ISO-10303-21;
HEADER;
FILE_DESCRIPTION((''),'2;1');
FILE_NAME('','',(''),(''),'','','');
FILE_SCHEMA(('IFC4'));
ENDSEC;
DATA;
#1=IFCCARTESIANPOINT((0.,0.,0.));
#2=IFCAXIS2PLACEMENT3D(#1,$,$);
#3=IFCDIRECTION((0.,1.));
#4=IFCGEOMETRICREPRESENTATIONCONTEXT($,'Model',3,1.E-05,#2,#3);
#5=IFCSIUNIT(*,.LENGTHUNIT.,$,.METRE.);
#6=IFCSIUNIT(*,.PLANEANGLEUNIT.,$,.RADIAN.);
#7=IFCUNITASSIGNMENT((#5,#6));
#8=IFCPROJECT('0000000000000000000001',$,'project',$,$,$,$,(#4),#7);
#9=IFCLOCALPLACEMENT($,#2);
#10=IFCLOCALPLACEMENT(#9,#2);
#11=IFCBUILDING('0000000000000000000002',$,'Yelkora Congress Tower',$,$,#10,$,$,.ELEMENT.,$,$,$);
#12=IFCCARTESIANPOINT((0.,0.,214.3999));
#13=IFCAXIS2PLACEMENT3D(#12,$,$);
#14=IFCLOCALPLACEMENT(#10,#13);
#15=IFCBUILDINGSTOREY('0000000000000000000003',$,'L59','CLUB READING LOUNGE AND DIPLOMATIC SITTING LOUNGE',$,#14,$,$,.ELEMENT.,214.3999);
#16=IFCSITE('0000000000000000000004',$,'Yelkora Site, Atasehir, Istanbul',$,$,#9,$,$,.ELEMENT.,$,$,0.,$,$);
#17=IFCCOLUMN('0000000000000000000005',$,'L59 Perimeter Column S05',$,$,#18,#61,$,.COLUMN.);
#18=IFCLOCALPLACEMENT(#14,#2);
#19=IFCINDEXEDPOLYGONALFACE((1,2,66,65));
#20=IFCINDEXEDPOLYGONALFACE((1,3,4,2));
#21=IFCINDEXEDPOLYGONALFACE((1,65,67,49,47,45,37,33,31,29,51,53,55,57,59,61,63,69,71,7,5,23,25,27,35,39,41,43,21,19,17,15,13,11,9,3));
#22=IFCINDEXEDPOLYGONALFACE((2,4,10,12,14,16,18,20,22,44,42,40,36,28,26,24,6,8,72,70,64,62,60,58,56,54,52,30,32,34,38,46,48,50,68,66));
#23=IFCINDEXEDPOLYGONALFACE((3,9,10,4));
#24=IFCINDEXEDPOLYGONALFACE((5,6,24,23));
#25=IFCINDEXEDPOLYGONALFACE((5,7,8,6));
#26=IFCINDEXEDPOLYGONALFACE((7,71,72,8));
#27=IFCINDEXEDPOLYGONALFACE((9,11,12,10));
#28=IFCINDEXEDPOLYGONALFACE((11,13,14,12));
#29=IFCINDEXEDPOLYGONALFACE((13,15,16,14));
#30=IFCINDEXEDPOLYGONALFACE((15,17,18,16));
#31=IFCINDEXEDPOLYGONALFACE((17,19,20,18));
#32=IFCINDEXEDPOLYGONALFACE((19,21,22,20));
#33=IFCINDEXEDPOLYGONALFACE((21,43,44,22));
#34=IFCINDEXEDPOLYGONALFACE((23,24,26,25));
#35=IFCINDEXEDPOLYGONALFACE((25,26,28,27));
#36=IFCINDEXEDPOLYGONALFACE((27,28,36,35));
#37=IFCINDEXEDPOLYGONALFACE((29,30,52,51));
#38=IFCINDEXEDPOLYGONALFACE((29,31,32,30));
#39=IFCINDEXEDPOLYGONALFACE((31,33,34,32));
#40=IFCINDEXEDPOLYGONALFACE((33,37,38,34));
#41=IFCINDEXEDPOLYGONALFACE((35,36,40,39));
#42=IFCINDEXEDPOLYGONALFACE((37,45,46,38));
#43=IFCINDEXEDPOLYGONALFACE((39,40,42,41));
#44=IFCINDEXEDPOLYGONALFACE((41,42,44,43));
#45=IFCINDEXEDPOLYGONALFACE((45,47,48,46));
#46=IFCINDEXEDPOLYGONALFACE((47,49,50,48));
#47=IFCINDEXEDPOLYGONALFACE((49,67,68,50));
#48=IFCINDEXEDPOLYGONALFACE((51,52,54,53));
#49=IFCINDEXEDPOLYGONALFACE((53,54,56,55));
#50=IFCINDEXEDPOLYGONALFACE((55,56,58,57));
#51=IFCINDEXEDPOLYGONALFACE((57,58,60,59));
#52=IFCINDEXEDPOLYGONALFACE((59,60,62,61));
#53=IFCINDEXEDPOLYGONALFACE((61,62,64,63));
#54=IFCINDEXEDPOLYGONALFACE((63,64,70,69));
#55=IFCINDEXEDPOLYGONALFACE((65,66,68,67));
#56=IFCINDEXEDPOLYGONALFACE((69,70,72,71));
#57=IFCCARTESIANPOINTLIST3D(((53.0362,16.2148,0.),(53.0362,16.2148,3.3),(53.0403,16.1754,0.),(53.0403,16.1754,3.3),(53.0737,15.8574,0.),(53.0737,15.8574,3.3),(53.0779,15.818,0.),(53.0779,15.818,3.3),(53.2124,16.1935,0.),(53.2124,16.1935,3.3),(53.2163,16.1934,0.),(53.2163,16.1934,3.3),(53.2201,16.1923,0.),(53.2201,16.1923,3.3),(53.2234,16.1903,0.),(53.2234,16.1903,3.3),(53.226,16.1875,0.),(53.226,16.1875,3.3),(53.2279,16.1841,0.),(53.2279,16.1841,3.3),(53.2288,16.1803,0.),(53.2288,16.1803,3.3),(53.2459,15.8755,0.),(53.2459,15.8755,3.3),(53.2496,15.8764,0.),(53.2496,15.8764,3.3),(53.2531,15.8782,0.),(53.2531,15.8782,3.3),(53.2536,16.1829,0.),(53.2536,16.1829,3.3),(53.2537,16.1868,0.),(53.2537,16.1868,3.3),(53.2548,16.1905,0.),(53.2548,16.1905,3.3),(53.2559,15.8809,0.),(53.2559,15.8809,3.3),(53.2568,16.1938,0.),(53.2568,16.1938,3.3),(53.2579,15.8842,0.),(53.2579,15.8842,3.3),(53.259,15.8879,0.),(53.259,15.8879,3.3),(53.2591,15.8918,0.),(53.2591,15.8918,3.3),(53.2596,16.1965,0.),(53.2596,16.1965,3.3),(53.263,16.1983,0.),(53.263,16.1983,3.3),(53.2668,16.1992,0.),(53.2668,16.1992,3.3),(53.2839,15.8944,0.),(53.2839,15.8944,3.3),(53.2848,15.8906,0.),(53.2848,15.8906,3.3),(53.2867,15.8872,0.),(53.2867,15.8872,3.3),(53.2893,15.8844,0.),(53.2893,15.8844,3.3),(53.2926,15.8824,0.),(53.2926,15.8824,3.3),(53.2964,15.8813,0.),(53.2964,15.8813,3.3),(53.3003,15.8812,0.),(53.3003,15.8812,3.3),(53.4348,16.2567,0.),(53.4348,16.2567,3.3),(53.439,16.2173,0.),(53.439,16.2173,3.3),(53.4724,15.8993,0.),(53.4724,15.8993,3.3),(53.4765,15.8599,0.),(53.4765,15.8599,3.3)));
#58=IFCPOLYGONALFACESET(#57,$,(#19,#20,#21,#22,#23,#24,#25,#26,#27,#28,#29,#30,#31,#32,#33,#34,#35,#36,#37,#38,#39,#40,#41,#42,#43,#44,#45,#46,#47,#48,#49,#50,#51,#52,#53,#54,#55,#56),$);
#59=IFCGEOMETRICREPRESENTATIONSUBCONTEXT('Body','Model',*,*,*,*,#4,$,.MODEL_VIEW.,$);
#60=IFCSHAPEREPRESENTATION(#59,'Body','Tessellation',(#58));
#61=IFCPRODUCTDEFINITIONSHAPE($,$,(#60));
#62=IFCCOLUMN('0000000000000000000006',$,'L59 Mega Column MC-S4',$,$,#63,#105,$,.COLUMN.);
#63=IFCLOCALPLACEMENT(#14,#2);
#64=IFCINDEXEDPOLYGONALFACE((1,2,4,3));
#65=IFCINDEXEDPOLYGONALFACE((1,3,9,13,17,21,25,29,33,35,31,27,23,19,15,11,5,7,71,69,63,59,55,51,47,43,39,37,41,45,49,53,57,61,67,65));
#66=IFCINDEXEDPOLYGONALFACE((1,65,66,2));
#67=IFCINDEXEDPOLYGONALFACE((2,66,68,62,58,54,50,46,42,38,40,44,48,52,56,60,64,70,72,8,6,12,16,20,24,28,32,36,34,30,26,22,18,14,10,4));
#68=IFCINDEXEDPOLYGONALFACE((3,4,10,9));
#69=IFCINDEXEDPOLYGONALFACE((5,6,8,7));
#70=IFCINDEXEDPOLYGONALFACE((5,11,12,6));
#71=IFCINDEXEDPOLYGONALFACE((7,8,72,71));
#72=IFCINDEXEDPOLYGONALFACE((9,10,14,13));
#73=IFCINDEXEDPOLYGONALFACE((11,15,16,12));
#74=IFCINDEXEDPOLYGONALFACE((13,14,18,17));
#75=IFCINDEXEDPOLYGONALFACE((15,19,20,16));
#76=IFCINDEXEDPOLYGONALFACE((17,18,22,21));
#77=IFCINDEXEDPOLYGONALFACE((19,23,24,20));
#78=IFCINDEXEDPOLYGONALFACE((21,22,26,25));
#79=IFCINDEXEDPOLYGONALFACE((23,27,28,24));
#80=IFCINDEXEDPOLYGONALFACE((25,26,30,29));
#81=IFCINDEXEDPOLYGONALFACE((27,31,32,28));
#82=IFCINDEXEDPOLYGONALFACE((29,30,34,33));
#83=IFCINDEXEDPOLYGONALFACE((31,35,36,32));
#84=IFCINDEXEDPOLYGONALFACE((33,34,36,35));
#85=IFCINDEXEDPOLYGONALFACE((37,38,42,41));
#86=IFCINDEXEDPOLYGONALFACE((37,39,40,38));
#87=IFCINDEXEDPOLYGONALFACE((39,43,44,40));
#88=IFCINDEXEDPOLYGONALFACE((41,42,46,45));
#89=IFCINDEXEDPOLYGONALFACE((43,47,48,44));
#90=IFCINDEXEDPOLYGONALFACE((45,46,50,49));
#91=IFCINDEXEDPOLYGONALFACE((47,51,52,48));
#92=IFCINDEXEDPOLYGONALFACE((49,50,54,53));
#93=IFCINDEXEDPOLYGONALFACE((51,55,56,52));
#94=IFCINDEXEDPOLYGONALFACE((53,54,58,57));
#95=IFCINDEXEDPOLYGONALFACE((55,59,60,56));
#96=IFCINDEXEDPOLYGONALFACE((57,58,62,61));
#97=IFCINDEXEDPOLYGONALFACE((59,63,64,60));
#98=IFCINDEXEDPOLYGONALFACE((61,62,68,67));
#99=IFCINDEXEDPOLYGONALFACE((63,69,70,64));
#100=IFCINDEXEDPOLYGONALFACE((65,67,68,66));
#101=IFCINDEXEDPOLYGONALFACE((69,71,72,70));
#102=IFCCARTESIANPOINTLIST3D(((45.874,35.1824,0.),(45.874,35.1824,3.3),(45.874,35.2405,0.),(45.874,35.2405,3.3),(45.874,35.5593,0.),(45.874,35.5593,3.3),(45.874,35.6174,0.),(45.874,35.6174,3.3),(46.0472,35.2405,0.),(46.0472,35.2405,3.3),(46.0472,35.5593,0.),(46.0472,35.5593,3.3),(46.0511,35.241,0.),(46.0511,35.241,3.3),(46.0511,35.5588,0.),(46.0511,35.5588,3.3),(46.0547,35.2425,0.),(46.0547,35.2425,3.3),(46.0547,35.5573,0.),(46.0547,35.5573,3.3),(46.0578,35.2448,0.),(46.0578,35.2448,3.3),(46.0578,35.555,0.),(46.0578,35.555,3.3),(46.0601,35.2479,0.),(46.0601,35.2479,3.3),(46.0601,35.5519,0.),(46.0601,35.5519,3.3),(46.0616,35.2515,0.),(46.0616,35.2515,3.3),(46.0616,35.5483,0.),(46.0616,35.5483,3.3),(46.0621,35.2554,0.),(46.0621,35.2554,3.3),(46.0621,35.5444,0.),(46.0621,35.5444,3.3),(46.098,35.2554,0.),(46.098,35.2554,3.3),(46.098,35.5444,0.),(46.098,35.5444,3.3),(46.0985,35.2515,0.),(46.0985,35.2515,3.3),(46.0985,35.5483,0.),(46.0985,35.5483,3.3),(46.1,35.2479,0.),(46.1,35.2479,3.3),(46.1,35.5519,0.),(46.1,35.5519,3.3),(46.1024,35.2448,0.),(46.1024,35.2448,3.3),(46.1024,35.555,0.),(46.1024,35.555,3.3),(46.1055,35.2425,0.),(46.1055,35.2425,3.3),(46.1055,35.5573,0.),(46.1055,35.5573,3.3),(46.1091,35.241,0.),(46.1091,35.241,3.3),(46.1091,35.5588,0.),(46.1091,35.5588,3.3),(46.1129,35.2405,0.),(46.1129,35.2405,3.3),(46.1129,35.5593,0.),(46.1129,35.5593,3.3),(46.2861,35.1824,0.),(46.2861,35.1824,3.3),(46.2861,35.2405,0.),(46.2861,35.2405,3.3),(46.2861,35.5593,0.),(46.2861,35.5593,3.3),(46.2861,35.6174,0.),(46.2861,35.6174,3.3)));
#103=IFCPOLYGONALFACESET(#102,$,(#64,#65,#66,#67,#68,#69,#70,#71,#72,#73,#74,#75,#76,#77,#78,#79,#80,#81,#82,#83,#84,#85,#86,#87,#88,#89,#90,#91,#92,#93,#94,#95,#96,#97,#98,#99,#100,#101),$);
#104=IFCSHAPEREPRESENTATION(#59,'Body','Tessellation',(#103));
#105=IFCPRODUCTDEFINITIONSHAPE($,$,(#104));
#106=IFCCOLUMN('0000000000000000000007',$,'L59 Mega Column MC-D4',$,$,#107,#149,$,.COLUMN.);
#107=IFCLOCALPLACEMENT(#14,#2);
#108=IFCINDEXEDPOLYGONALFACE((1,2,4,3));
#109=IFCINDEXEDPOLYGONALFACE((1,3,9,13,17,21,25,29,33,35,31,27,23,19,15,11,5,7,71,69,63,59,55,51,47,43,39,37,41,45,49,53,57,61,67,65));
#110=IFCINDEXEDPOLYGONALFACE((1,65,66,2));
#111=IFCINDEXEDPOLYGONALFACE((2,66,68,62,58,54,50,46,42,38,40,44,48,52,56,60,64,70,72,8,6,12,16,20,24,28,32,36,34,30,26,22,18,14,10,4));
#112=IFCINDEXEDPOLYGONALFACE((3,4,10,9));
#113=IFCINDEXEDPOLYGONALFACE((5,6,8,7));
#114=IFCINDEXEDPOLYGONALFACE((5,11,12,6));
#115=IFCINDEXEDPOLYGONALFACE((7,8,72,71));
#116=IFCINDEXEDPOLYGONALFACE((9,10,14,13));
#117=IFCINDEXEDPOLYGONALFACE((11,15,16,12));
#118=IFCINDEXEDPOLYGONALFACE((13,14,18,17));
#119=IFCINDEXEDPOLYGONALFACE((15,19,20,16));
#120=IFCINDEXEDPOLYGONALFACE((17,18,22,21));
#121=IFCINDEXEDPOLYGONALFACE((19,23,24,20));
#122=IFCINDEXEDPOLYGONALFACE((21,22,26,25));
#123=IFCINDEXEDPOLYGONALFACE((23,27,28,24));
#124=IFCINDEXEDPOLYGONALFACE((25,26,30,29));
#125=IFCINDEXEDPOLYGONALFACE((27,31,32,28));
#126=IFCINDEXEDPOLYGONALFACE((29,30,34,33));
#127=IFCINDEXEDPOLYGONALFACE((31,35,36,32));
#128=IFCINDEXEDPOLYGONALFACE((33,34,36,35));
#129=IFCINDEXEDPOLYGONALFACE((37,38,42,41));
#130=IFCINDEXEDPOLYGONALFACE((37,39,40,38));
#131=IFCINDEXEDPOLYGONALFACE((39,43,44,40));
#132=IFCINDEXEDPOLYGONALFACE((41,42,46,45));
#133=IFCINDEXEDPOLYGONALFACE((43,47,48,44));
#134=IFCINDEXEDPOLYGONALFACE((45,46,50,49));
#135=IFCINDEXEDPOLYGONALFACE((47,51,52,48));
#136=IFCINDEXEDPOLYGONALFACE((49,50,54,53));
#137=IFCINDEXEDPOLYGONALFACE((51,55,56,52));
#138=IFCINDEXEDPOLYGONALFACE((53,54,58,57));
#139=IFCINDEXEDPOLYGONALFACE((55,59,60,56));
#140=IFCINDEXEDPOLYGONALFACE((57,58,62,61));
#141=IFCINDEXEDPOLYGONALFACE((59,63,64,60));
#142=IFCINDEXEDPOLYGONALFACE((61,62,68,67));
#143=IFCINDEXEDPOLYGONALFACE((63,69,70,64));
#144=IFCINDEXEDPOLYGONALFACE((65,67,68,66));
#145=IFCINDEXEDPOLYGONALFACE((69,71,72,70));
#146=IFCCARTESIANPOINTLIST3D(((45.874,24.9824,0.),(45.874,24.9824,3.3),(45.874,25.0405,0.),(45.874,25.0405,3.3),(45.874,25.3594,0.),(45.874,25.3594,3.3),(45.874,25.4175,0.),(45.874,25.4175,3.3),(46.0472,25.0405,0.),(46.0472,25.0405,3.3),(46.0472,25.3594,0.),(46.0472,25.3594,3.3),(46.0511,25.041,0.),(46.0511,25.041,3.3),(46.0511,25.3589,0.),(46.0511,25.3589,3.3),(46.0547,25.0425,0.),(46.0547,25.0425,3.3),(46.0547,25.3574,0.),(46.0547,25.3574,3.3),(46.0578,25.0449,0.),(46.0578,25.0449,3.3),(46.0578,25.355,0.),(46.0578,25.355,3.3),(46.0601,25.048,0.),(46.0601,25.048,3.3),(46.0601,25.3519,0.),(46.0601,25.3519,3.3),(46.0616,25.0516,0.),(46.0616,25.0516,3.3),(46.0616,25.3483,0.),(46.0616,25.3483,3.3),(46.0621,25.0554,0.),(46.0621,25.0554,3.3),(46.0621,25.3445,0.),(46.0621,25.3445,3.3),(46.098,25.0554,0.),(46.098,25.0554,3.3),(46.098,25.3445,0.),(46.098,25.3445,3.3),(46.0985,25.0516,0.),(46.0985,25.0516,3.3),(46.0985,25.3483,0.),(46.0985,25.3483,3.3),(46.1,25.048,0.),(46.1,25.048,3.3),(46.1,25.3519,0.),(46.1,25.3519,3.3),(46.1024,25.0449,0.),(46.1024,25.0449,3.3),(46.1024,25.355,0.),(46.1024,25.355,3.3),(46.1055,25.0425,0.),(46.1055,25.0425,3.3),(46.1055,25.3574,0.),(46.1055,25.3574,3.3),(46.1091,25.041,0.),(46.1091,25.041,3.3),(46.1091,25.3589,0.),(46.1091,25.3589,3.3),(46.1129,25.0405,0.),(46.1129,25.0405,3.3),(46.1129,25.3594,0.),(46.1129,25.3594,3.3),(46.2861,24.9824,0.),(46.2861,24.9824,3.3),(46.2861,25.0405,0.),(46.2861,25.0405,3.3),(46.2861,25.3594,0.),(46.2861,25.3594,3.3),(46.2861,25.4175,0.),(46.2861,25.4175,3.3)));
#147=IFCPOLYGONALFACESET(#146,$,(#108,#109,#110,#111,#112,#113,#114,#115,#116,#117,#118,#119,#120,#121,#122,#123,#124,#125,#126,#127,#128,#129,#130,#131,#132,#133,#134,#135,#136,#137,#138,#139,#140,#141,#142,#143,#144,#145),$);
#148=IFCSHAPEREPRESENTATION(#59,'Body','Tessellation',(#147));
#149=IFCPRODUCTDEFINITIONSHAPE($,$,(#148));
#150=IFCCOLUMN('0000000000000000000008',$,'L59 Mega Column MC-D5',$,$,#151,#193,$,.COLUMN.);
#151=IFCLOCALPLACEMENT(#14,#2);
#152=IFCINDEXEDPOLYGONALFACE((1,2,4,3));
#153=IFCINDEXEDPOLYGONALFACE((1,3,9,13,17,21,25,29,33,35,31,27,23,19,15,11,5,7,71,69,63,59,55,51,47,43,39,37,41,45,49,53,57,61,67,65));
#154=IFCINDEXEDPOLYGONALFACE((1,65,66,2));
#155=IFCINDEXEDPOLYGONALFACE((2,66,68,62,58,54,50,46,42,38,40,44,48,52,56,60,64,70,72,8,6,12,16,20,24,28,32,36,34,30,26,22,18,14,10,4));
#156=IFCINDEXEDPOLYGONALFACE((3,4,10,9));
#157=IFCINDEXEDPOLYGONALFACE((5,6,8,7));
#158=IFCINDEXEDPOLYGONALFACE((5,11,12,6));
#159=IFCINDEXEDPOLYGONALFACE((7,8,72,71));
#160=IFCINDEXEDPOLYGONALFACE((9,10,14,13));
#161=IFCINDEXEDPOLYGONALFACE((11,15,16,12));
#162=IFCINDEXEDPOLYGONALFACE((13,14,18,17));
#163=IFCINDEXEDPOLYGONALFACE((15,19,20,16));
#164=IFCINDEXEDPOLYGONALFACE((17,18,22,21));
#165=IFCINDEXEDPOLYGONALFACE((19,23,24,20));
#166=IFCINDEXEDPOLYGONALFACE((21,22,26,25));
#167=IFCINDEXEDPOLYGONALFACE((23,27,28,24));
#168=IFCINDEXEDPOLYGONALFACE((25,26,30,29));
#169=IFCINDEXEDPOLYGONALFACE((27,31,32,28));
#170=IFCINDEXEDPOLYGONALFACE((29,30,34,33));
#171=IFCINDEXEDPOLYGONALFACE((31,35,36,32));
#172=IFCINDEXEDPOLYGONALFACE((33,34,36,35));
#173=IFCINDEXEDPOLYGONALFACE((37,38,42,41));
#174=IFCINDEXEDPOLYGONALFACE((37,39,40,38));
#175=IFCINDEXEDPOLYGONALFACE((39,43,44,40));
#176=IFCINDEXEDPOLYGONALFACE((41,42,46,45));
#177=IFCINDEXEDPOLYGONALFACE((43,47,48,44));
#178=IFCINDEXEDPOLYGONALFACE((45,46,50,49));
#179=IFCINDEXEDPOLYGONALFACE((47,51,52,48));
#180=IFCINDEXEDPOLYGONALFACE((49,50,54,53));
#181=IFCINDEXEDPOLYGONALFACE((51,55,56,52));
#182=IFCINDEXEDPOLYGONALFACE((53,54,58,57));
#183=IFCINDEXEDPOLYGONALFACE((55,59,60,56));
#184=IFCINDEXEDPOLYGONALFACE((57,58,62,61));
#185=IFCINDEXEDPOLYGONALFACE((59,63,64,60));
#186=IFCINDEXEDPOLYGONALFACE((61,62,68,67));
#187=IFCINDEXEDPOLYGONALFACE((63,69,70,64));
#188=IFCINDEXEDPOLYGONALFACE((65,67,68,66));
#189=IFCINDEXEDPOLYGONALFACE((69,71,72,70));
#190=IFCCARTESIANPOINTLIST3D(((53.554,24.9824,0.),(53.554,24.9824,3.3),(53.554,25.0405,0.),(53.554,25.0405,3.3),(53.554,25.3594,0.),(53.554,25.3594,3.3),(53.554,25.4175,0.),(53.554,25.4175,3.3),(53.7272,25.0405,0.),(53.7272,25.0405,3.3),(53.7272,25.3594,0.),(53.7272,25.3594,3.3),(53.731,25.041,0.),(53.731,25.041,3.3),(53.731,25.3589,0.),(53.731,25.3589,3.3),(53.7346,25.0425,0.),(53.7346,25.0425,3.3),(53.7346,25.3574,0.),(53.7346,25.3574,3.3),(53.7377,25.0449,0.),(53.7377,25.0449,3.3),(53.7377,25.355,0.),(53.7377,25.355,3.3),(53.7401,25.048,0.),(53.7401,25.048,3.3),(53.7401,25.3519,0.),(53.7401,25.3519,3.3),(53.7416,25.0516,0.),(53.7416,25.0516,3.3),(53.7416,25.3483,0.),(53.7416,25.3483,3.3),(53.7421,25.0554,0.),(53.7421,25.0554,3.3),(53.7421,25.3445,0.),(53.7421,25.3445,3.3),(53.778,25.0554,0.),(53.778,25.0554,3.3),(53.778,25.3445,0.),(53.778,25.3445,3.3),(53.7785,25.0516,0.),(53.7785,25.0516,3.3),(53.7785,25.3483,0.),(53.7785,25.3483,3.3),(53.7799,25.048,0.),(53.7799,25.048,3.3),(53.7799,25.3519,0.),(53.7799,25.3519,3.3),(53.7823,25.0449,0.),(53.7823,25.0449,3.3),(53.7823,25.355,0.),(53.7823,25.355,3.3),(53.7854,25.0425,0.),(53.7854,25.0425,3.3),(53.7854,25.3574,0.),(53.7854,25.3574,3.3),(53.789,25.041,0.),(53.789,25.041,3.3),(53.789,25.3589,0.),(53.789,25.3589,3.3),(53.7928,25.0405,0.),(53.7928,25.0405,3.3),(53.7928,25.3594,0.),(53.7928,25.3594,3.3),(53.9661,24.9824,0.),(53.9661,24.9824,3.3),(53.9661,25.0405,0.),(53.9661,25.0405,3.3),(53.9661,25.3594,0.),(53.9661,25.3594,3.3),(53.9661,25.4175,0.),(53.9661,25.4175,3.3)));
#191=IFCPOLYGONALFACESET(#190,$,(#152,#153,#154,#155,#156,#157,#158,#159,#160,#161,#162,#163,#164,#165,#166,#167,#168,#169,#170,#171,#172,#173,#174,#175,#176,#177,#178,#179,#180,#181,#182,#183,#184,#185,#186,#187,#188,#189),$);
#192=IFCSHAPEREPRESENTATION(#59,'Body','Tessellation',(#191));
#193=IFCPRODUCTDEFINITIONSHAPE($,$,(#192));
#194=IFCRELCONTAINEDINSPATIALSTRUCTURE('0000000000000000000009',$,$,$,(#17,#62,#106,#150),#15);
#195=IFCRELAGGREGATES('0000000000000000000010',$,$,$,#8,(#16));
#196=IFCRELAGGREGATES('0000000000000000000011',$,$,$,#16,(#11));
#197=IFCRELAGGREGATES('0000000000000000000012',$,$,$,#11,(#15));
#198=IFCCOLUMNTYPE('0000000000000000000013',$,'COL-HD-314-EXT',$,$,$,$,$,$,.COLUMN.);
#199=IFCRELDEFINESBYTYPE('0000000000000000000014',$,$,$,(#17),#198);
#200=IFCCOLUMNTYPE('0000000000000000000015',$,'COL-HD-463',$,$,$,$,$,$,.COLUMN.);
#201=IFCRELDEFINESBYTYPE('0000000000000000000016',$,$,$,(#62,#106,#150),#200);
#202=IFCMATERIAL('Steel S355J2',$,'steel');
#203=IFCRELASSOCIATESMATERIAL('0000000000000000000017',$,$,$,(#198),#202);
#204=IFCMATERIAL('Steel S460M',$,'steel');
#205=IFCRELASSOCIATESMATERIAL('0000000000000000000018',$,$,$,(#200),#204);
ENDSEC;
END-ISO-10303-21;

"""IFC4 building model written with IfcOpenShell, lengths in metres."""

from ifc_helpers import new_model, si_unit, direction, frame, origin, origin_2d, place, context, subcontext, project, spatial, i_section, extrude, material, material_profile, profile_set, type_object, element, save


model = new_model("IFC4")

# Units and contexts
model_context = context("Model", 3, precision=1e-05, world=origin(), true_north=direction((0.0, 1.0)))
body_context = subcontext(model_context, "Body", "Model", "MODEL_VIEW")
ifc_project = project(units=[si_unit("LENGTHUNIT", "METRE"), si_unit("PLANEANGLEUNIT", "RADIAN")], contexts=[model_context])

# Site, building, storey
site_placement = place(None, origin())
site = spatial("IfcSite", under=ifc_project, at=site_placement, Name="Yelkora Site, Atasehir, Istanbul", CompositionType="ELEMENT", RefElevation=0.0)
building_placement = place(site_placement, origin())
building = spatial("IfcBuilding", under=site, at=building_placement, Name="Yelkora Congress Tower", CompositionType="ELEMENT")
storey_placement = place(building_placement, frame((0.0, 0.0, 214.3999)))
storey = spatial("IfcBuildingStorey", under=building, at=storey_placement, Name="L59", Description="CLUB READING LOUNGE AND DIPLOMATIC SITTING LOUNGE", CompositionType="ELEMENT", Elevation=214.3999)

# Columns
ifc_material_1 = material(Name="Steel S355J2", Category="steel")
ifc_material_profile_1 = material_profile(ifc_material_1, i_section(OverallWidth=0.4009, OverallDepth=0.3989, WebThickness=0.0249, FlangeThickness=0.0396, FilletRadius=0.0149, at=origin_2d()), Name="HD 400x314")
ifc_profile_set_1 = profile_set([ifc_material_profile_1], Name="Steel S355J2")
column_type_1 = type_object("IfcColumnType", Name="COL-HD-314-EXT", PredefinedType="COLUMN", material=ifc_profile_set_1)
column_placement = place(storey_placement, frame((53.2563, 16.0374, 0.0), z_axis=(0.0, 0.0, 1.0), x_axis=(0.994522, 0.104528, 0.0)))
element("IfcColumn", 1, at=column_placement, inside=storey, type_object=column_type_1, Name="L59 Perimeter Column S05", PredefinedType="COLUMN", context=body_context, shape_type="SweptSolid", body=[
    extrude(i_section(OverallWidth=0.4009, OverallDepth=0.3989, WebThickness=0.0249, FlangeThickness=0.0396, FilletRadius=0.0149, at=origin_2d()), origin(), (0.0, 0.0, 1.0), 3.3),
])
ifc_material_2 = material(Name="Steel S460M", Category="steel")
ifc_material_profile_2 = material_profile(ifc_material_2, i_section(OverallWidth=0.4121, OverallDepth=0.4351, WebThickness=0.0359, FlangeThickness=0.0581, FilletRadius=0.0149, at=origin_2d()), Name="HD 400x463")
ifc_profile_set_2 = profile_set([ifc_material_profile_2], Name="Steel S460M")
column_type_2 = type_object("IfcColumnType", Name="COL-HD-463", PredefinedType="COLUMN", material=ifc_profile_set_2)
for number, where, z_axis, x_axis, name in (
    (2, (46.0801, 35.3999, 0.0), (0.0, 0.0, 1.0), (1.0, 0.0, 0.0), "L59 Mega Column MC-S4"),
    (3, (46.0801, 25.2, 0.0), (0.0, 0.0, 1.0), (1.0, 0.0, 0.0), "L59 Mega Column MC-D4"),
    (4, (53.76, 25.2, 0.0), (0.0, 0.0, 1.0), (1.0, 0.0, 0.0), "L59 Mega Column MC-D5"),
):
    element("IfcColumn", number, at=place(storey_placement, frame(where, z_axis=z_axis, x_axis=x_axis)), inside=storey, type_object=column_type_2, Name=name, PredefinedType="COLUMN", context=body_context, shape_type="SweptSolid", body=[
        extrude(i_section(OverallWidth=0.4121, OverallDepth=0.4351, WebThickness=0.0359, FlangeThickness=0.0581, FilletRadius=0.0149, at=origin_2d()), origin(), (0.0, 0.0, 1.0), 3.3),
    ])

save(model, "model.ifc")
